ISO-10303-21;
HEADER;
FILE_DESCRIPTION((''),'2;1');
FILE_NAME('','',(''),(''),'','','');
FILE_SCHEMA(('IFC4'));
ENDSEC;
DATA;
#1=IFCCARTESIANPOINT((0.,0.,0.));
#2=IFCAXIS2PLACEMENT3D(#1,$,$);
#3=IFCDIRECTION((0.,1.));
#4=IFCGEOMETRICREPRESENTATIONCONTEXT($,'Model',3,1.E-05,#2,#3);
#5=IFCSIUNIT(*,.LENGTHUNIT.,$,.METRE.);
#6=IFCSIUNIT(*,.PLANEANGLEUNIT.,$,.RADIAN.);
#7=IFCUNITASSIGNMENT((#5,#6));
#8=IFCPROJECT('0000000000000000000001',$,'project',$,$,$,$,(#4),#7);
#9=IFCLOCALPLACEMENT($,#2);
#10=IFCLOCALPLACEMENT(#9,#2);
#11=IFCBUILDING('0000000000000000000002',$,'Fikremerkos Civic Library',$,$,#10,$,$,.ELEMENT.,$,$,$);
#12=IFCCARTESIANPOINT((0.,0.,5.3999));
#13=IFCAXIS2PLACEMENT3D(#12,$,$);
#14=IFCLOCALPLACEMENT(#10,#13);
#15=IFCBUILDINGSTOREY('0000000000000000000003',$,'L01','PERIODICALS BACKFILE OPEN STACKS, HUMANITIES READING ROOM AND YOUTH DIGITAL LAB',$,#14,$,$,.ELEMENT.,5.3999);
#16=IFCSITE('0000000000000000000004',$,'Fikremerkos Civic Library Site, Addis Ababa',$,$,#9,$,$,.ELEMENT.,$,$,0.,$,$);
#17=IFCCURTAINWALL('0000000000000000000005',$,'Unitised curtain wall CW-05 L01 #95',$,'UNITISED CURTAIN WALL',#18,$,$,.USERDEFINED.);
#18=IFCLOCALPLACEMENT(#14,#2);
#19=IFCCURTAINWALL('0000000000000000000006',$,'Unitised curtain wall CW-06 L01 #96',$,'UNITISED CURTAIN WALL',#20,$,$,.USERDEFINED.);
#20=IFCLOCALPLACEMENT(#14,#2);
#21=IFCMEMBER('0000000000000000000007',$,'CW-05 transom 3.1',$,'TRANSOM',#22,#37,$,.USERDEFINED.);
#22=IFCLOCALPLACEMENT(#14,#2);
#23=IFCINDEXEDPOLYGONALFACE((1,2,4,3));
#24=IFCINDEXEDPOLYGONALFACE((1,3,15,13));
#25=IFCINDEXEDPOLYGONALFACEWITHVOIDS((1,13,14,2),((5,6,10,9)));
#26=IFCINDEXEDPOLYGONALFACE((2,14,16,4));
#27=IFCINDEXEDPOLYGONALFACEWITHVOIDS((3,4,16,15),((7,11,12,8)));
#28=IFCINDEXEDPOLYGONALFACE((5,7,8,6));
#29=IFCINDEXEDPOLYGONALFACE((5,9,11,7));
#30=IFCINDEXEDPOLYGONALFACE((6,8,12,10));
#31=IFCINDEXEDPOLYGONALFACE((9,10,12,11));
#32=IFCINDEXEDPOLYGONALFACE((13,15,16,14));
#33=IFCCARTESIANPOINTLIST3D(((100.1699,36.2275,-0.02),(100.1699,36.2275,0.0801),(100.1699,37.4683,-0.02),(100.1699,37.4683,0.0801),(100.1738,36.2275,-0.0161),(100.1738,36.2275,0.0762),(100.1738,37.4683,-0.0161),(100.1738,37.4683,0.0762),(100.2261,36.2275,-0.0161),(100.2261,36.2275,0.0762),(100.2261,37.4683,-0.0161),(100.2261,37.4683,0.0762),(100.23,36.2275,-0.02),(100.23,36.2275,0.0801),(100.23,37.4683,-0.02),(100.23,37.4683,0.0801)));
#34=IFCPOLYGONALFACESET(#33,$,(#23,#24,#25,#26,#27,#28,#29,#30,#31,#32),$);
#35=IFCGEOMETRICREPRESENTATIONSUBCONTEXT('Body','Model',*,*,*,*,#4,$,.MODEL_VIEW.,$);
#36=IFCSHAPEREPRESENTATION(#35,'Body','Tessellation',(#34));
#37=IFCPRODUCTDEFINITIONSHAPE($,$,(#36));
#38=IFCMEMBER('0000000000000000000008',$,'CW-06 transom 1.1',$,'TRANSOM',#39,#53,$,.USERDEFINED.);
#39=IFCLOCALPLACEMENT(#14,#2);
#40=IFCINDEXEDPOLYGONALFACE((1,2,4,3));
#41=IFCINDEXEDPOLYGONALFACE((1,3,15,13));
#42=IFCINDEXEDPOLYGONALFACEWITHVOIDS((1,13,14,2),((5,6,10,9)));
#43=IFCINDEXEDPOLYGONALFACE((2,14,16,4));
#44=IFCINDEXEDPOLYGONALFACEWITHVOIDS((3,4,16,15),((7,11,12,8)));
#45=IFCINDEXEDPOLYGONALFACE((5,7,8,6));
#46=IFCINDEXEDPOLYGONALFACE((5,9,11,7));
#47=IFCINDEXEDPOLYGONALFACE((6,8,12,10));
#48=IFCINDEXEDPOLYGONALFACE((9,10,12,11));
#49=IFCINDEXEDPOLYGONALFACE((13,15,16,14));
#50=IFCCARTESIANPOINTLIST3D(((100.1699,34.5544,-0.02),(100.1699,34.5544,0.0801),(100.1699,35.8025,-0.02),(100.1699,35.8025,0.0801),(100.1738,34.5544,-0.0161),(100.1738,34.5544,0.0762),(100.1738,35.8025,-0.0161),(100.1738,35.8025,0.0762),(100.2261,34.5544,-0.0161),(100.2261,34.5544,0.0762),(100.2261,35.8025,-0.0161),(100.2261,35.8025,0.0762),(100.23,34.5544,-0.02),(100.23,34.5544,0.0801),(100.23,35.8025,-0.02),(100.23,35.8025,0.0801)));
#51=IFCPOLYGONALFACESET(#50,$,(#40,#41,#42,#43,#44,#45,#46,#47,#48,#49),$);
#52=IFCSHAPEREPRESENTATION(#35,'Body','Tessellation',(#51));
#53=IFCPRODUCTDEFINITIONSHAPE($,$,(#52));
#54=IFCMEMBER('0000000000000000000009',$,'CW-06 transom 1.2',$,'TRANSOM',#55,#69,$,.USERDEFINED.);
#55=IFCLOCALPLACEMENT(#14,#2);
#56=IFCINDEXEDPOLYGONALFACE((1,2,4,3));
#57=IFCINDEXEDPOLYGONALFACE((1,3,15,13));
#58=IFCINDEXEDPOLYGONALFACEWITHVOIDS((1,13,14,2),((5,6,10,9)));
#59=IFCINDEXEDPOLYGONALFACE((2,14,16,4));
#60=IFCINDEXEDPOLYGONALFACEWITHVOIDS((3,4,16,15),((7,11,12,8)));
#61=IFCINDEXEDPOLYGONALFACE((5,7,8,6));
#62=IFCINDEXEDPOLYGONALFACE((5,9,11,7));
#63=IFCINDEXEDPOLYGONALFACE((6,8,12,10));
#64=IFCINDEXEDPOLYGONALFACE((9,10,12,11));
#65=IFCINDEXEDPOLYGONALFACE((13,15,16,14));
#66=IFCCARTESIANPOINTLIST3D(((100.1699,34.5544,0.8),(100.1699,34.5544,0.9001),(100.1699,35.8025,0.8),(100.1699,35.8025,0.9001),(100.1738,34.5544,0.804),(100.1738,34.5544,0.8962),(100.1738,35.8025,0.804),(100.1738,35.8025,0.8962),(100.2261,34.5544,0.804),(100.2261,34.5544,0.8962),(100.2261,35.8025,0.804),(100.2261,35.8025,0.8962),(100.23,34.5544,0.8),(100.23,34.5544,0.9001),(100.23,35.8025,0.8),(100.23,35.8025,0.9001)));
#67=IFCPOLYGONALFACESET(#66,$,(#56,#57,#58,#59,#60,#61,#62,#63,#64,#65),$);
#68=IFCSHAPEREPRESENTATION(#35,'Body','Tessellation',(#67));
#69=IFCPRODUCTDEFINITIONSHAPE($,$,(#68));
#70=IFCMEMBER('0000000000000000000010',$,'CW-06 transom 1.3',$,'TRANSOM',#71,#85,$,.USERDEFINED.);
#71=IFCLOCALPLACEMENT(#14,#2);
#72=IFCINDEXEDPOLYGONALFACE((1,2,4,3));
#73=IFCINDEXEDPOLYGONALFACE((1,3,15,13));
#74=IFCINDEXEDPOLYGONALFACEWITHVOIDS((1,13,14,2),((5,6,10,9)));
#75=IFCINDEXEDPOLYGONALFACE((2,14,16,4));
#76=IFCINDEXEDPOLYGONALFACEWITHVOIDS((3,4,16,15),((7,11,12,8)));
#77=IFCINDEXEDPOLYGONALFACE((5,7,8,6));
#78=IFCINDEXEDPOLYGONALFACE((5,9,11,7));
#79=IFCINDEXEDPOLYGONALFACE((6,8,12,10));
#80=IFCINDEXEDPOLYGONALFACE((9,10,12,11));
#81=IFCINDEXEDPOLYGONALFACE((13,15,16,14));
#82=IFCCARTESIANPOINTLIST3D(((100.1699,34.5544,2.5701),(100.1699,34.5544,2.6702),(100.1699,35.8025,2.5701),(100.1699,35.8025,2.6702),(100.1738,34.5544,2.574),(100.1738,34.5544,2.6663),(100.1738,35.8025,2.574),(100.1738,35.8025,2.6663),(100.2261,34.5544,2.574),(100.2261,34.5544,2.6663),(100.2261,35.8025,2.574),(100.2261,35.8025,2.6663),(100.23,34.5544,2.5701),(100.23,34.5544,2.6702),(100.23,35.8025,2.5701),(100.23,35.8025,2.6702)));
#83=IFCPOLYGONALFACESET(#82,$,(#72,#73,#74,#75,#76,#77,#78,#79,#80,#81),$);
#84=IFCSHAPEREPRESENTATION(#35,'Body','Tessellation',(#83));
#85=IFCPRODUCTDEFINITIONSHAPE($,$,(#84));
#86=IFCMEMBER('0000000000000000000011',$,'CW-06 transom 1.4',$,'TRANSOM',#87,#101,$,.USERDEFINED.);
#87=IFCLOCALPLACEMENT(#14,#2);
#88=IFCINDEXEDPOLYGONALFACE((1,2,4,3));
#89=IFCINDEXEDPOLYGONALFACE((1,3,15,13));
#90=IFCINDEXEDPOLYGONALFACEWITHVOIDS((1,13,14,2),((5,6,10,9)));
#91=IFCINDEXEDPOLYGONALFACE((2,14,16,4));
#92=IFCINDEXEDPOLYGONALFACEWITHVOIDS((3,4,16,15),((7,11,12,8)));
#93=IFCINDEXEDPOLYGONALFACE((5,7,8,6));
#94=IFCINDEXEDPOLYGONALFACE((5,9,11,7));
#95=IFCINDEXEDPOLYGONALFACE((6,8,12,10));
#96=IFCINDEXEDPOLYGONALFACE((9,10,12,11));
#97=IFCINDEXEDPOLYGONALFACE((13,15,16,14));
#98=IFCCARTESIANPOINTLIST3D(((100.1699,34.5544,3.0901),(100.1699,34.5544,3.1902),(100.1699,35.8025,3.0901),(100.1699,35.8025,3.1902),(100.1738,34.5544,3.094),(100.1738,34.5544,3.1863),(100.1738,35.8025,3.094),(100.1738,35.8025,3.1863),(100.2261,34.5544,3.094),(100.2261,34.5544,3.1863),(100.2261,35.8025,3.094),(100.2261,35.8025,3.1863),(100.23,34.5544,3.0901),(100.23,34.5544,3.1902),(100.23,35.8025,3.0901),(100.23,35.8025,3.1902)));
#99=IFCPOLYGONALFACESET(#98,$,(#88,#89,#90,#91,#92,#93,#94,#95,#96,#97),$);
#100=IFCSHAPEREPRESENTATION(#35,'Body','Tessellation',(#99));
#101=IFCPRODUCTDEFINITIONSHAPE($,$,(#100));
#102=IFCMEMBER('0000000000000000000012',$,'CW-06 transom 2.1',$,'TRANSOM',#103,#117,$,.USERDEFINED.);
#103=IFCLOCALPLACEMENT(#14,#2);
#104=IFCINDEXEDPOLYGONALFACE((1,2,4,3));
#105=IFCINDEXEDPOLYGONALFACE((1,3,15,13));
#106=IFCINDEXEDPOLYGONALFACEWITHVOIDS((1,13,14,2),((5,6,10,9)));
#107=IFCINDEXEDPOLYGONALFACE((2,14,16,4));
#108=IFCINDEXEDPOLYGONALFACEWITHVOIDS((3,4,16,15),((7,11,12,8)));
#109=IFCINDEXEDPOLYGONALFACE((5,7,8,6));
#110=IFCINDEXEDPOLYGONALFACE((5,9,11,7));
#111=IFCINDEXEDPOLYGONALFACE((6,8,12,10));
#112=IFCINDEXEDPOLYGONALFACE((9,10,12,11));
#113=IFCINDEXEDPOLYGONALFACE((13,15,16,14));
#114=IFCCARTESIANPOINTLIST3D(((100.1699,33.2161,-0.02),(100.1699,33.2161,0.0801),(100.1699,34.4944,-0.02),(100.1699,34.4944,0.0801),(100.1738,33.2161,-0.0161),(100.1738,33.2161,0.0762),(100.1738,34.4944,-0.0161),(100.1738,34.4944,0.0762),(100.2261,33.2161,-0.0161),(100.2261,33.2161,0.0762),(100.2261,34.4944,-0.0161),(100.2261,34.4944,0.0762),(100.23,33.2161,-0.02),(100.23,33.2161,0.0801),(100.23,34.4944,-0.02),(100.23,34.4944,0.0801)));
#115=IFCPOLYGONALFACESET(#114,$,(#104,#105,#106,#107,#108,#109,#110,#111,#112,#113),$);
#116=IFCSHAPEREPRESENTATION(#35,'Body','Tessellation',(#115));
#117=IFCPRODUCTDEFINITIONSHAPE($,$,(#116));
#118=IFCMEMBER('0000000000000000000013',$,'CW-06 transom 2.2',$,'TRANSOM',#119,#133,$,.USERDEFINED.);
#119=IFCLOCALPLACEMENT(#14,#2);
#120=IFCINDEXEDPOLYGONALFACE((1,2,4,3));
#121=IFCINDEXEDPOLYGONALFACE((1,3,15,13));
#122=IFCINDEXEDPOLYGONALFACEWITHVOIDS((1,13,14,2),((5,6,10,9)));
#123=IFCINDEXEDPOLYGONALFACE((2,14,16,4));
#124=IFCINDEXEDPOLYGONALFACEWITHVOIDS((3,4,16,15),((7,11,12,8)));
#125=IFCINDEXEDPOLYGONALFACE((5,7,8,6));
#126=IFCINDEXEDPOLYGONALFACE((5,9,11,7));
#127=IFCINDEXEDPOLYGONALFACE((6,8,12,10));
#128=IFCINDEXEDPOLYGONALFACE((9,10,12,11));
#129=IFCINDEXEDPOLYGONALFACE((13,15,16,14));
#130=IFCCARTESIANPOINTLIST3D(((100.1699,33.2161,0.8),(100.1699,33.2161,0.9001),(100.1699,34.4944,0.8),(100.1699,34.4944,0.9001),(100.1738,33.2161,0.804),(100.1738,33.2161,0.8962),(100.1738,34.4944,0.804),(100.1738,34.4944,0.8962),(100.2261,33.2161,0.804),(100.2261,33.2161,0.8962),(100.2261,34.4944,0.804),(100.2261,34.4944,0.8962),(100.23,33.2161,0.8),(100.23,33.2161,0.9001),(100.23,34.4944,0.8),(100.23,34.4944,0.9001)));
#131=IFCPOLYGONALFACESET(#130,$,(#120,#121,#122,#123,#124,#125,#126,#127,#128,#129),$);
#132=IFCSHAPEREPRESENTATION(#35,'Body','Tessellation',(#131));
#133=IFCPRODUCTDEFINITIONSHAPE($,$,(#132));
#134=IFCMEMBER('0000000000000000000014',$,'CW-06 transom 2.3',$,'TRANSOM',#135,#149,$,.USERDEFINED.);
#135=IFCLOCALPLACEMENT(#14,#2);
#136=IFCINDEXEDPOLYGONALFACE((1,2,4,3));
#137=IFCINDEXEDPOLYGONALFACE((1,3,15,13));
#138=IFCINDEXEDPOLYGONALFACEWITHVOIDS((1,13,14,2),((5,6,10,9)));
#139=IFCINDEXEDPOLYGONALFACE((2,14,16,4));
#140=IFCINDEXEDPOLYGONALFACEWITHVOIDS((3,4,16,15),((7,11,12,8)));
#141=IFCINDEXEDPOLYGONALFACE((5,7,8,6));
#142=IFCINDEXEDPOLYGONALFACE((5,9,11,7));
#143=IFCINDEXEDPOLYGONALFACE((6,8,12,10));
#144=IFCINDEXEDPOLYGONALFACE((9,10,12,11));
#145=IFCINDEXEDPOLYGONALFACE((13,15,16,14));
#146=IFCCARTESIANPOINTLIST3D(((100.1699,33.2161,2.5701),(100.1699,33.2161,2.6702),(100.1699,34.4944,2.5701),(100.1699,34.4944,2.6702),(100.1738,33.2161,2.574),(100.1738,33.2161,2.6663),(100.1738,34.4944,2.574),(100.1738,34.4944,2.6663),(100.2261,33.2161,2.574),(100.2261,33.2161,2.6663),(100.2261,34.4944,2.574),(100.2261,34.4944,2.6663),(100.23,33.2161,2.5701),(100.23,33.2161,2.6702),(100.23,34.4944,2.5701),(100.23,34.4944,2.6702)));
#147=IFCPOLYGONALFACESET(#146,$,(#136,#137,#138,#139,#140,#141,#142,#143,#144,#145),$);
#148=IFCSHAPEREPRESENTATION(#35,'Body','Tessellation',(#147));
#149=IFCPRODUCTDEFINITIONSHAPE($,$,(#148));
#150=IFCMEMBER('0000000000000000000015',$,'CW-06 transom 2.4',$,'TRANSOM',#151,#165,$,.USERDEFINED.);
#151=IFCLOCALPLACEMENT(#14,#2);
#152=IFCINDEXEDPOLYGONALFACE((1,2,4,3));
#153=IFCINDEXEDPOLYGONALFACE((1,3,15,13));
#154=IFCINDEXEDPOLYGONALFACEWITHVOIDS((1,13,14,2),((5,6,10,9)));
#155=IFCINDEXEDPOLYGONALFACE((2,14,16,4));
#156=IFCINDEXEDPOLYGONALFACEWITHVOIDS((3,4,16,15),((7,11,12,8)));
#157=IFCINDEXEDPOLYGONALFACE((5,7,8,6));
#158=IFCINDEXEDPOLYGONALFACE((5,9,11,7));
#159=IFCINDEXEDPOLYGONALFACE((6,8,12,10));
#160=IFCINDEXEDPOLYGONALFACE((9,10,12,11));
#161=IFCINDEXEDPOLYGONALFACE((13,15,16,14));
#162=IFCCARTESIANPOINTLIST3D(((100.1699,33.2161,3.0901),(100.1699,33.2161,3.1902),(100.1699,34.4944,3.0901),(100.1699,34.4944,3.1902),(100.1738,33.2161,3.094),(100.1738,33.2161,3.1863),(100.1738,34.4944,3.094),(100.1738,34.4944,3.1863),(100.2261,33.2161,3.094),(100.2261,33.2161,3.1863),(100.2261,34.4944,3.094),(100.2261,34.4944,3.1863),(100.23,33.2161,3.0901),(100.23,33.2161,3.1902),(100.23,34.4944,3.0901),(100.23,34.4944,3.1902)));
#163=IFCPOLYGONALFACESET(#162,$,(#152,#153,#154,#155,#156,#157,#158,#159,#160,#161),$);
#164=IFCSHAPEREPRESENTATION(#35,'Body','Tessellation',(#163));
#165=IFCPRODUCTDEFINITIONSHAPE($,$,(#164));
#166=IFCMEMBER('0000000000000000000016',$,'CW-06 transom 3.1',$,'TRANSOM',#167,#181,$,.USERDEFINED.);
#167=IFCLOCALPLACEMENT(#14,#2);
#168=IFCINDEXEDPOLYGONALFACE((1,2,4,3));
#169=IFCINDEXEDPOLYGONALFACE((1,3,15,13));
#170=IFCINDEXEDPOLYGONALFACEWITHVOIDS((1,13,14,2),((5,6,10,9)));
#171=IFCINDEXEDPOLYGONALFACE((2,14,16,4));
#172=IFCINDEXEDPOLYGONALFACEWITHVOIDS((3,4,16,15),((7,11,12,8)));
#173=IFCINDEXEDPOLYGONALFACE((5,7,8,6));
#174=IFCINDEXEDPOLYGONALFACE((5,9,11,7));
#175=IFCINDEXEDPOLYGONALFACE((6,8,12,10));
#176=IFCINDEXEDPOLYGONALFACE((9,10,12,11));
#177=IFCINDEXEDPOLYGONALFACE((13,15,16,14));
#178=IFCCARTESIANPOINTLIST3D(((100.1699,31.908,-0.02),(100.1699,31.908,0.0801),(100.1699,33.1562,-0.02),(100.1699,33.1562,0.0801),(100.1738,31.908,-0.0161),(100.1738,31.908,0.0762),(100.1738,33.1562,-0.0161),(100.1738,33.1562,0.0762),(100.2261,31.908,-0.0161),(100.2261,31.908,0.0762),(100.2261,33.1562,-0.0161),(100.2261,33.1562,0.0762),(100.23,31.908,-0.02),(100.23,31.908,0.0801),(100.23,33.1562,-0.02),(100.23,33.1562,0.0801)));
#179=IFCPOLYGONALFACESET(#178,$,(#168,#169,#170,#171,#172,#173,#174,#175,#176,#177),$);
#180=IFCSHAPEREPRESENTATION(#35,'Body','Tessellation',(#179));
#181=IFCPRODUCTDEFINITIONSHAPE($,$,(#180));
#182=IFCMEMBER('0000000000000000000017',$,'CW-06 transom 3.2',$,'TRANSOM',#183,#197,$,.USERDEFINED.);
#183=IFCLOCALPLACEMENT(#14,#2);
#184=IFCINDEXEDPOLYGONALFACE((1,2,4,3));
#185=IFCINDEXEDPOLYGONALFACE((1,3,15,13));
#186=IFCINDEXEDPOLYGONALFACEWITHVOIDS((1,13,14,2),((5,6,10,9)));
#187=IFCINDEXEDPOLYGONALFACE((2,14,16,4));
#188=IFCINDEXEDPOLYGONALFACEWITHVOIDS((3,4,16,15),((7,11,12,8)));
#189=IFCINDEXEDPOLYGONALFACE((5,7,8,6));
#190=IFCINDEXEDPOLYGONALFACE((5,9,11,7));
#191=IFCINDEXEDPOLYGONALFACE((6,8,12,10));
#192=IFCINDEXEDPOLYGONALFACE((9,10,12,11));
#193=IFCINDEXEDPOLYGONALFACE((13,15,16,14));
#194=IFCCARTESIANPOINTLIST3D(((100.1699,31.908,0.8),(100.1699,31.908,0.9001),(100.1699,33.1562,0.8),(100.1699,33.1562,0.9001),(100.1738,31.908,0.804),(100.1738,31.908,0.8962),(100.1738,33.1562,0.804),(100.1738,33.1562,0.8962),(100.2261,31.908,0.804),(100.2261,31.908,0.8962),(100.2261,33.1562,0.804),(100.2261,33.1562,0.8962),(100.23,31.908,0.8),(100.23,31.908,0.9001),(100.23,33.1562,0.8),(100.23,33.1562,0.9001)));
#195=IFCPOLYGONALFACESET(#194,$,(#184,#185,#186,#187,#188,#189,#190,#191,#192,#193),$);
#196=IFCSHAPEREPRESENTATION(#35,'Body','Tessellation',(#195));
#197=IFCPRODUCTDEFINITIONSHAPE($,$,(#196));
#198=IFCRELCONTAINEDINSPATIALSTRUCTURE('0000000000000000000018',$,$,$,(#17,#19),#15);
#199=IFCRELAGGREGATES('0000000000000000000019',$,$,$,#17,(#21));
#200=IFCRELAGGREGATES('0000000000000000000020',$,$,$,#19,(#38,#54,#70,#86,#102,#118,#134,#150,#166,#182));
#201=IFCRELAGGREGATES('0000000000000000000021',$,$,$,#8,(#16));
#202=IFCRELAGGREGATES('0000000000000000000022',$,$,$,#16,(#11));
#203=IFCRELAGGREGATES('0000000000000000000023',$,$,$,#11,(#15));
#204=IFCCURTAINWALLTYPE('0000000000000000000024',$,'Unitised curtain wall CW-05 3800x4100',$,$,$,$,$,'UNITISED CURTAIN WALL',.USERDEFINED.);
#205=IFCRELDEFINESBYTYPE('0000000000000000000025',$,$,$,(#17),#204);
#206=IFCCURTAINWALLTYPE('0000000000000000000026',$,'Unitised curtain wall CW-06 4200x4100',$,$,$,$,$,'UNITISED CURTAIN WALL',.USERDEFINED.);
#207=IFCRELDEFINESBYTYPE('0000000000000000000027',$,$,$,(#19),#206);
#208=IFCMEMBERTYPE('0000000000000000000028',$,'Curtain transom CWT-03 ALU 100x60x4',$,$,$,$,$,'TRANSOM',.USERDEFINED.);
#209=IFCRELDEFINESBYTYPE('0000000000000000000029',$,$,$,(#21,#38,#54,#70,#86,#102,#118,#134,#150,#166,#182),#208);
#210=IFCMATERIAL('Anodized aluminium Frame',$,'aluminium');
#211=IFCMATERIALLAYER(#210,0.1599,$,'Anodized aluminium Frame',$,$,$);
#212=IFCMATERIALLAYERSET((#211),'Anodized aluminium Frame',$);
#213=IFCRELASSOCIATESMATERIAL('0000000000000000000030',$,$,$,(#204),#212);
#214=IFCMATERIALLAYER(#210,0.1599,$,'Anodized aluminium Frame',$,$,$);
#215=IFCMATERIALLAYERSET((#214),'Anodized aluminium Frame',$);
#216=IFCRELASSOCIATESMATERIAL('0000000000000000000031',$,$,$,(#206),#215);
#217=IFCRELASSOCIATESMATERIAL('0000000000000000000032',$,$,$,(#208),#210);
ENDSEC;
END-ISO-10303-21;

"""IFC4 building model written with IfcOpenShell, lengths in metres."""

from ifc_helpers import new_model, si_unit, direction, frame, origin, origin_2d, place, context, subcontext, project, spatial, hollow_rectangle, extrude, material, layer, layer_set, material_profile, profile_set, type_object, element, aggregate, save


model = new_model("IFC4")

# Units and contexts
model_context = context("Model", 3, precision=1e-05, world=origin(), true_north=direction((0.0, 1.0)))
body_context = subcontext(model_context, "Body", "Model", "MODEL_VIEW")
ifc_project = project(units=[si_unit("LENGTHUNIT", "METRE"), si_unit("PLANEANGLEUNIT", "RADIAN")], contexts=[model_context])

# Site, building, storey
site_placement = place(None, origin())
site = spatial("IfcSite", under=ifc_project, at=site_placement, Name="Fikremerkos Civic Library Site, Addis Ababa", CompositionType="ELEMENT", RefElevation=0.0)
building_placement = place(site_placement, origin())
building = spatial("IfcBuilding", under=site, at=building_placement, Name="Fikremerkos Civic Library", CompositionType="ELEMENT")
storey_placement = place(building_placement, frame((0.0, 0.0, 5.3999)))
storey = spatial("IfcBuildingStorey", under=building, at=storey_placement, Name="L01", Description="PERIODICALS BACKFILE OPEN STACKS, HUMANITIES READING ROOM AND YOUTH DIGITAL LAB", CompositionType="ELEMENT", Elevation=5.3999)

# Curtain wall
ifc_material_1 = material(Name="Anodized aluminium Frame", Category="aluminium")
ifc_layer_1 = layer(ifc_material_1, 0.1599, Name="Anodized aluminium Frame")
ifc_layer_set_1 = layer_set([ifc_layer_1], Name="Anodized aluminium Frame")
curtain_wall_type_1 = type_object("IfcCurtainWallType", Name="Unitised curtain wall CW-05 3800x4100", ElementType="UNITISED CURTAIN WALL", PredefinedType="USERDEFINED", material=ifc_layer_set_1)
curtain_wall_1_placement = place(storey_placement, origin())
curtain_wall_1 = element("IfcCurtainWall", 1, at=curtain_wall_1_placement, inside=storey, type_object=curtain_wall_type_1, Name="Unitised curtain wall CW-05 L01 #95", ObjectType="UNITISED CURTAIN WALL", PredefinedType="USERDEFINED")

# Curtain wall
ifc_layer_2 = layer(ifc_material_1, 0.1599, Name="Anodized aluminium Frame")
ifc_layer_set_2 = layer_set([ifc_layer_2], Name="Anodized aluminium Frame")
curtain_wall_type_2 = type_object("IfcCurtainWallType", Name="Unitised curtain wall CW-06 4200x4100", ElementType="UNITISED CURTAIN WALL", PredefinedType="USERDEFINED", material=ifc_layer_set_2)
curtain_wall_2_placement = place(storey_placement, origin())
curtain_wall_2 = element("IfcCurtainWall", 2, at=curtain_wall_2_placement, inside=storey, type_object=curtain_wall_type_2, Name="Unitised curtain wall CW-06 L01 #96", ObjectType="UNITISED CURTAIN WALL", PredefinedType="USERDEFINED")

# Members
ifc_material_profile_1 = material_profile(ifc_material_1, hollow_rectangle(XDim=0.0601, YDim=0.1001, WallThickness=0.0039, at=origin_2d()), Name="ALU 100x60x4")
ifc_profile_set_1 = profile_set([ifc_material_profile_1], Name="Anodized aluminium Frame")
member_type_1 = type_object("IfcMemberType", Name="Curtain transom CWT-03 ALU 100x60x4", ElementType="TRANSOM", PredefinedType="USERDEFINED", material=ifc_profile_set_1)
member_1_placement = place(storey_placement, frame((100.2, 37.4683, 0.03), z_axis=(0.0, -1.0, 0.0), x_axis=(1.0, 0.0, 0.0)))
member_1 = element("IfcMember", 3, at=member_1_placement, type_object=member_type_1, Name="CW-05 transom 3.1", ObjectType="TRANSOM", PredefinedType="USERDEFINED", context=body_context, shape_type="SweptSolid", body=[
    extrude(hollow_rectangle(XDim=0.0601, YDim=0.1001, WallThickness=0.0039, at=origin_2d()), origin(), (0.0, 0.0, 1.0), 1.2407),
])
member_2_placement = place(storey_placement, frame((100.2, 35.8025, 0.03), z_axis=(0.0, -1.0, 0.0), x_axis=(1.0, 0.0, 0.0)))
member_2 = element("IfcMember", 4, at=member_2_placement, type_object=member_type_1, Name="CW-06 transom 1.1", ObjectType="TRANSOM", PredefinedType="USERDEFINED", context=body_context, shape_type="SweptSolid", body=[
    extrude(hollow_rectangle(XDim=0.0601, YDim=0.1001, WallThickness=0.0039, at=origin_2d()), origin(), (0.0, 0.0, 1.0), 1.248),
])
member_3_placement = place(storey_placement, frame((100.2, 35.8025, 0.8501), z_axis=(0.0, -1.0, 0.0), x_axis=(1.0, 0.0, 0.0)))
member_3 = element("IfcMember", 5, at=member_3_placement, type_object=member_type_1, Name="CW-06 transom 1.2", ObjectType="TRANSOM", PredefinedType="USERDEFINED", context=body_context, shape_type="SweptSolid", body=[
    extrude(hollow_rectangle(XDim=0.0601, YDim=0.1001, WallThickness=0.0039, at=origin_2d()), origin(), (0.0, 0.0, 1.0), 1.248),
])
member_4_placement = place(storey_placement, frame((100.2, 35.8025, 2.6201), z_axis=(0.0, -1.0, 0.0), x_axis=(1.0, 0.0, 0.0)))
member_4 = element("IfcMember", 6, at=member_4_placement, type_object=member_type_1, Name="CW-06 transom 1.3", ObjectType="TRANSOM", PredefinedType="USERDEFINED", context=body_context, shape_type="SweptSolid", body=[
    extrude(hollow_rectangle(XDim=0.0601, YDim=0.1001, WallThickness=0.0039, at=origin_2d()), origin(), (0.0, 0.0, 1.0), 1.248),
])
member_5_placement = place(storey_placement, frame((100.2, 35.8025, 3.1401), z_axis=(0.0, -1.0, 0.0), x_axis=(1.0, 0.0, 0.0)))
member_5 = element("IfcMember", 7, at=member_5_placement, type_object=member_type_1, Name="CW-06 transom 1.4", ObjectType="TRANSOM", PredefinedType="USERDEFINED", context=body_context, shape_type="SweptSolid", body=[
    extrude(hollow_rectangle(XDim=0.0601, YDim=0.1001, WallThickness=0.0039, at=origin_2d()), origin(), (0.0, 0.0, 1.0), 1.248),
])
member_6_placement = place(storey_placement, frame((100.2, 34.4944, 0.03), z_axis=(0.0, -1.0, 0.0), x_axis=(1.0, 0.0, 0.0)))
member_6 = element("IfcMember", 8, at=member_6_placement, type_object=member_type_1, Name="CW-06 transom 2.1", ObjectType="TRANSOM", PredefinedType="USERDEFINED", context=body_context, shape_type="SweptSolid", body=[
    extrude(hollow_rectangle(XDim=0.0601, YDim=0.1001, WallThickness=0.0039, at=origin_2d()), origin(), (0.0, 0.0, 1.0), 1.2783),
])
member_7_placement = place(storey_placement, frame((100.2, 34.4944, 0.8501), z_axis=(0.0, -1.0, 0.0), x_axis=(1.0, 0.0, 0.0)))
member_7 = element("IfcMember", 9, at=member_7_placement, type_object=member_type_1, Name="CW-06 transom 2.2", ObjectType="TRANSOM", PredefinedType="USERDEFINED", context=body_context, shape_type="SweptSolid", body=[
    extrude(hollow_rectangle(XDim=0.0601, YDim=0.1001, WallThickness=0.0039, at=origin_2d()), origin(), (0.0, 0.0, 1.0), 1.2783),
])
member_8_placement = place(storey_placement, frame((100.2, 34.4944, 2.6201), z_axis=(0.0, -1.0, 0.0), x_axis=(1.0, 0.0, 0.0)))
member_8 = element("IfcMember", 10, at=member_8_placement, type_object=member_type_1, Name="CW-06 transom 2.3", ObjectType="TRANSOM", PredefinedType="USERDEFINED", context=body_context, shape_type="SweptSolid", body=[
    extrude(hollow_rectangle(XDim=0.0601, YDim=0.1001, WallThickness=0.0039, at=origin_2d()), origin(), (0.0, 0.0, 1.0), 1.2783),
])
member_9_placement = place(storey_placement, frame((100.2, 34.4944, 3.1401), z_axis=(0.0, -1.0, 0.0), x_axis=(1.0, 0.0, 0.0)))
member_9 = element("IfcMember", 11, at=member_9_placement, type_object=member_type_1, Name="CW-06 transom 2.4", ObjectType="TRANSOM", PredefinedType="USERDEFINED", context=body_context, shape_type="SweptSolid", body=[
    extrude(hollow_rectangle(XDim=0.0601, YDim=0.1001, WallThickness=0.0039, at=origin_2d()), origin(), (0.0, 0.0, 1.0), 1.2783),
])
member_10_placement = place(storey_placement, frame((100.2, 33.1562, 0.03), z_axis=(0.0, -1.0, 0.0), x_axis=(1.0, 0.0, 0.0)))
member_10 = element("IfcMember", 12, at=member_10_placement, type_object=member_type_1, Name="CW-06 transom 3.1", ObjectType="TRANSOM", PredefinedType="USERDEFINED", context=body_context, shape_type="SweptSolid", body=[
    extrude(hollow_rectangle(XDim=0.0601, YDim=0.1001, WallThickness=0.0039, at=origin_2d()), origin(), (0.0, 0.0, 1.0), 1.2483),
])
member_11_placement = place(storey_placement, frame((100.2, 33.1562, 0.8501), z_axis=(0.0, -1.0, 0.0), x_axis=(1.0, 0.0, 0.0)))
member_11 = element("IfcMember", 13, at=member_11_placement, type_object=member_type_1, Name="CW-06 transom 3.2", ObjectType="TRANSOM", PredefinedType="USERDEFINED", context=body_context, shape_type="SweptSolid", body=[
    extrude(hollow_rectangle(XDim=0.0601, YDim=0.1001, WallThickness=0.0039, at=origin_2d()), origin(), (0.0, 0.0, 1.0), 1.2483),
])

aggregate(curtain_wall_1, [member_1])
aggregate(curtain_wall_2, [member_2, member_3, member_4, member_5, member_6, member_7, member_8, member_9, member_10, member_11])

save(model, "model.ifc")
